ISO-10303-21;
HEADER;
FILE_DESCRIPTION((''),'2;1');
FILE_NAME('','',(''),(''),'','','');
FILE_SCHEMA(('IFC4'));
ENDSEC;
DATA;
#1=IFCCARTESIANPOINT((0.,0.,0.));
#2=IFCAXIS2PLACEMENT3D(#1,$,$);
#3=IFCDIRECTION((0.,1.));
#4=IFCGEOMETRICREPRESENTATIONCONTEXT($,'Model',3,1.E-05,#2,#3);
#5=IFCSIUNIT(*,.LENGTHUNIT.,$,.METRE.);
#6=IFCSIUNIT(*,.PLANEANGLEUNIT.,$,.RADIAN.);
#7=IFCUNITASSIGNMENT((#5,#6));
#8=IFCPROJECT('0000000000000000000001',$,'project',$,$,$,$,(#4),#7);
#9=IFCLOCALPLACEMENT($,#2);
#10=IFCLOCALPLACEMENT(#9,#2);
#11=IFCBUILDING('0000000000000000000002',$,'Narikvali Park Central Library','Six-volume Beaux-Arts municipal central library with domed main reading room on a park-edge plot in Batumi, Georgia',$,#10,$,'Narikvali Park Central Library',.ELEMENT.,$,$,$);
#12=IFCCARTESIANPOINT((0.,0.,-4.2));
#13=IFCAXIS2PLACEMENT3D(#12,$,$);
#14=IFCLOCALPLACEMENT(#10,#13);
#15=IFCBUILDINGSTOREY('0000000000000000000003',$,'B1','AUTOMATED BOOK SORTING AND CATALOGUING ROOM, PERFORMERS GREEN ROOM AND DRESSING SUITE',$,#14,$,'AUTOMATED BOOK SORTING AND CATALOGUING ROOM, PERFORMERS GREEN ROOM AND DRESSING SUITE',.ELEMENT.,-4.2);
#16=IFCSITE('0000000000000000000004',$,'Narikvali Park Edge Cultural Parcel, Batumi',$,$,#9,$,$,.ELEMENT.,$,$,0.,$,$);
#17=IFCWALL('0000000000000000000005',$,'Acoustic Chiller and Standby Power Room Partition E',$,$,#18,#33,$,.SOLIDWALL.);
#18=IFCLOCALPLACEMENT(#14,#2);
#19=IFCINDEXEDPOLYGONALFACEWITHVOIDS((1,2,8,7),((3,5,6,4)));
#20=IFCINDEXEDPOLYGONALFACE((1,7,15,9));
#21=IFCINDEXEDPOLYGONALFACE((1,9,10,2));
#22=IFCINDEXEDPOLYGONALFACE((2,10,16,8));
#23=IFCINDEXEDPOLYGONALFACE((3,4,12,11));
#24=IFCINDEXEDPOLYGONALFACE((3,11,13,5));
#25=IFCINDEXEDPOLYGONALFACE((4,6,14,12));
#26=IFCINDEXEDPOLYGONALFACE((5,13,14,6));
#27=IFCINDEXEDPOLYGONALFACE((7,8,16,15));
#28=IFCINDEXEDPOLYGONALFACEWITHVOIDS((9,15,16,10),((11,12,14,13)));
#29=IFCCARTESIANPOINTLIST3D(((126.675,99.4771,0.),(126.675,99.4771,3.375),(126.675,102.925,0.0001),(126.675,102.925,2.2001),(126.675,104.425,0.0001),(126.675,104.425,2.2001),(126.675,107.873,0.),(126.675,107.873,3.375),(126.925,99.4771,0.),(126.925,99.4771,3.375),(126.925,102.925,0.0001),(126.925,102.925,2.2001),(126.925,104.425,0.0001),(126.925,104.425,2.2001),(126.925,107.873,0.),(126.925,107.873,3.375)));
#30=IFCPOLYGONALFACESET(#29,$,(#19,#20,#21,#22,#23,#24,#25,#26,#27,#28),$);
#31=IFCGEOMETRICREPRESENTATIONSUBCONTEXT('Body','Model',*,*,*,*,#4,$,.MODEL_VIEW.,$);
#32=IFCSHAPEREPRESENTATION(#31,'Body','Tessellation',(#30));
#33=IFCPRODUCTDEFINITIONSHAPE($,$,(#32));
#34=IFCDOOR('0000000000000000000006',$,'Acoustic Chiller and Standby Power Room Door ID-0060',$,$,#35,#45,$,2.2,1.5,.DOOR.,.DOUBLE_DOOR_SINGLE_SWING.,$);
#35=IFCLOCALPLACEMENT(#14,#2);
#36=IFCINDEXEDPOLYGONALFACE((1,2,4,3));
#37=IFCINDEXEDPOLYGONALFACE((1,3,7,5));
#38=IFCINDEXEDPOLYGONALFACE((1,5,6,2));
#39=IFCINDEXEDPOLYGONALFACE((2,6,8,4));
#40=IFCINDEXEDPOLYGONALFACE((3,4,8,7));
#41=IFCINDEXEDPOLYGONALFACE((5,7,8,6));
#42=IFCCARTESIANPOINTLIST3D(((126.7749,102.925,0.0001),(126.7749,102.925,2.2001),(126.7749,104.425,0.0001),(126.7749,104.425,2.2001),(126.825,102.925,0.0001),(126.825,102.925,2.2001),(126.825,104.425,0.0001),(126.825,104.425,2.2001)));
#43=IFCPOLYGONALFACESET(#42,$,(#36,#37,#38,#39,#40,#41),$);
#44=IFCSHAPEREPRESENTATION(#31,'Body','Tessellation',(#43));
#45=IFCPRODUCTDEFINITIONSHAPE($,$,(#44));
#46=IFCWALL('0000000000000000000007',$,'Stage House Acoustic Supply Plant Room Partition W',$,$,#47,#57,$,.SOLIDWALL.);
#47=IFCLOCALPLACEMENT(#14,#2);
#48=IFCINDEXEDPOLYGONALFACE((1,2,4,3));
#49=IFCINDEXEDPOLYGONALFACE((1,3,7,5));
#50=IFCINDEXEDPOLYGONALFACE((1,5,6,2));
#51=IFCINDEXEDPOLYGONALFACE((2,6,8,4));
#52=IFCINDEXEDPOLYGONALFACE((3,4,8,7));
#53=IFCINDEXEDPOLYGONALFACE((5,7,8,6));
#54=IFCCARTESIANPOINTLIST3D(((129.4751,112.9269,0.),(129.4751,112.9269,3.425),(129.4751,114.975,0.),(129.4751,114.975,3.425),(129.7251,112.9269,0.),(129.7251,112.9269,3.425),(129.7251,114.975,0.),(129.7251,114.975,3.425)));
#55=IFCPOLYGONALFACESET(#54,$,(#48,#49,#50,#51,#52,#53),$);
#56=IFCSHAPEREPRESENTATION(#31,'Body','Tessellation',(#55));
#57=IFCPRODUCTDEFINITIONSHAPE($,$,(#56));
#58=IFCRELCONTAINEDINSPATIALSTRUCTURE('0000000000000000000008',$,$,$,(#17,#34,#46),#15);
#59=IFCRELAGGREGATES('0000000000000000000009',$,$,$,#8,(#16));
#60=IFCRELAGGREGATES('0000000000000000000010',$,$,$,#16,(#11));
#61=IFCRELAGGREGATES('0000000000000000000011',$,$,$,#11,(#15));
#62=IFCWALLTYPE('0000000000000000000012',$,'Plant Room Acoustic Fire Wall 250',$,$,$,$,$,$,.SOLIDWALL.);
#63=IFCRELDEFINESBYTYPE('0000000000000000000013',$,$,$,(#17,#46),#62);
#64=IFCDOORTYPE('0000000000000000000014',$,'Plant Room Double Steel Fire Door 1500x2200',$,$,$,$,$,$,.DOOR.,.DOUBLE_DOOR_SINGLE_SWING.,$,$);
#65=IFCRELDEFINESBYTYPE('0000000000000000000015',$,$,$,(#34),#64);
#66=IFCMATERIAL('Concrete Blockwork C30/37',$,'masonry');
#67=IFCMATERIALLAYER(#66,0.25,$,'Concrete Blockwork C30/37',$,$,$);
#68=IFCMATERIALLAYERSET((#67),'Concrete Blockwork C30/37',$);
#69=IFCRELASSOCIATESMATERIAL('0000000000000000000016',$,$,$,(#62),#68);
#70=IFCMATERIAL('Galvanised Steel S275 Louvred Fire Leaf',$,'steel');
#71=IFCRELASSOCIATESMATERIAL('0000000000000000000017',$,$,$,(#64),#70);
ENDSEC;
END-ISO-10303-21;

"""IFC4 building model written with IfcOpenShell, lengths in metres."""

from ifc_helpers import new_model, si_unit, direction, frame, frame_2d, origin, place, context, subcontext, project, spatial, rectangle, extrude, material, layer, layer_set, type_object, element, fill, save


model = new_model("IFC4")

# Units and contexts
model_context = context("Model", 3, precision=1e-05, world=origin(), true_north=direction((0.0, 1.0)))
body_context = subcontext(model_context, "Body", "Model", "MODEL_VIEW")
ifc_project = project(units=[si_unit("LENGTHUNIT", "METRE"), si_unit("PLANEANGLEUNIT", "RADIAN")], contexts=[model_context])

# Site, building, storey
site_placement = place(None, origin())
site = spatial("IfcSite", under=ifc_project, at=site_placement, Name="Narikvali Park Edge Cultural Parcel, Batumi", CompositionType="ELEMENT", RefElevation=0.0)
building_placement = place(site_placement, origin())
building = spatial("IfcBuilding", under=site, at=building_placement, Name="Narikvali Park Central Library", Description="Six-volume Beaux-Arts municipal central library with domed main reading room on a park-edge plot in Batumi, Georgia", LongName="Narikvali Park Central Library", CompositionType="ELEMENT")
storey_placement = place(building_placement, frame((0.0, 0.0, -4.2)))
storey = spatial("IfcBuildingStorey", under=building, at=storey_placement, Name="B1", Description="AUTOMATED BOOK SORTING AND CATALOGUING ROOM, PERFORMERS GREEN ROOM AND DRESSING SUITE", LongName="AUTOMATED BOOK SORTING AND CATALOGUING ROOM, PERFORMERS GREEN ROOM AND DRESSING SUITE", CompositionType="ELEMENT", Elevation=-4.2)

# Shared definitions
ifc_material_1 = material(Name="Concrete Blockwork C30/37", Category="masonry")
ifc_layer_1 = layer(ifc_material_1, 0.25, Name="Concrete Blockwork C30/37")
ifc_layer_set_1 = layer_set([ifc_layer_1], Name="Concrete Blockwork C30/37")
wall_type_1 = type_object("IfcWallType", Name="Plant Room Acoustic Fire Wall 250", PredefinedType="SOLIDWALL", material=ifc_layer_set_1)

# Wall, opening, door
ifc_material_2 = material(Name="Galvanised Steel S275 Louvred Fire Leaf", Category="steel")
door_type_1 = type_object("IfcDoorType", Name="Plant Room Double Steel Fire Door 1500x2200", OperationType="DOUBLE_DOOR_SINGLE_SWING", PredefinedType="DOOR", material=ifc_material_2)
wall_1_placement = place(storey_placement, frame((126.8, 99.4771, 0.0), z_axis=(0.0, 0.0, 1.0), x_axis=(0.0, 1.0, 0.0)))
wall_1 = element("IfcWall", 1, at=wall_1_placement, inside=storey, type_object=wall_type_1, Name="Acoustic Chiller and Standby Power Room Partition E", PredefinedType="SOLIDWALL", context=body_context, shape_type="SweptSolid", body=[
    extrude(rectangle(XDim=8.396, YDim=0.25, at=frame_2d((4.198, 0.0))), origin(), (0.0, 0.0, 1.0), 3.375),
])
opening_1_placement = place(wall_1_placement, frame((3.448, 0.0, 0.0)))
opening_1 = element("IfcOpeningElement", 2, at=opening_1_placement, cuts=wall_1, PredefinedType="OPENING", context=body_context, shape_type="SweptSolid", body=[
    extrude(rectangle(XDim=1.5, YDim=2.2, at=frame_2d((0.75, 1.1001))), frame((0.0, 0.137, 0.0), z_axis=(0.0, -1.0, 0.0), x_axis=(1.0, 0.0, 0.0)), (0.0, 0.0, 1.0), 0.2739),
])
door_1_placement = place(opening_1_placement, frame((1.5, 0.0, 0.0), z_axis=(0.0, 0.0, 1.0), x_axis=(-1.0, 0.0, 0.0)))
door_1 = element("IfcDoor", 3, at=door_1_placement, inside=storey, type_object=door_type_1, Name="Acoustic Chiller and Standby Power Room Door ID-0060", OperationType="DOUBLE_DOOR_SINGLE_SWING", OverallHeight=2.2, OverallWidth=1.5, PredefinedType="DOOR", context=body_context, shape_type="SweptSolid", body=[
    extrude(rectangle(XDim=1.5, YDim=2.2, at=frame_2d((0.75, 1.1001))), frame((0.0, 0.0249, 0.0), z_axis=(0.0, -1.0, 0.0), x_axis=(1.0, 0.0, 0.0)), (0.0, 0.0, 1.0), 0.05),
])
fill(opening_1, door_1)

# Wall
wall_2_placement = place(storey_placement, frame((129.6001, 112.927, 0.0), z_axis=(0.0, 0.0, 1.0), x_axis=(0.0, 1.0, 0.0)))
element("IfcWall", 4, at=wall_2_placement, inside=storey, type_object=wall_type_1, Name="Stage House Acoustic Supply Plant Room Partition W", PredefinedType="SOLIDWALL", context=body_context, shape_type="SweptSolid", body=[
    extrude(rectangle(XDim=2.0481, YDim=0.25, at=frame_2d((1.0239, 0.0))), origin(), (0.0, 0.0, 1.0), 3.425),
])

save(model, "model.ifc")
